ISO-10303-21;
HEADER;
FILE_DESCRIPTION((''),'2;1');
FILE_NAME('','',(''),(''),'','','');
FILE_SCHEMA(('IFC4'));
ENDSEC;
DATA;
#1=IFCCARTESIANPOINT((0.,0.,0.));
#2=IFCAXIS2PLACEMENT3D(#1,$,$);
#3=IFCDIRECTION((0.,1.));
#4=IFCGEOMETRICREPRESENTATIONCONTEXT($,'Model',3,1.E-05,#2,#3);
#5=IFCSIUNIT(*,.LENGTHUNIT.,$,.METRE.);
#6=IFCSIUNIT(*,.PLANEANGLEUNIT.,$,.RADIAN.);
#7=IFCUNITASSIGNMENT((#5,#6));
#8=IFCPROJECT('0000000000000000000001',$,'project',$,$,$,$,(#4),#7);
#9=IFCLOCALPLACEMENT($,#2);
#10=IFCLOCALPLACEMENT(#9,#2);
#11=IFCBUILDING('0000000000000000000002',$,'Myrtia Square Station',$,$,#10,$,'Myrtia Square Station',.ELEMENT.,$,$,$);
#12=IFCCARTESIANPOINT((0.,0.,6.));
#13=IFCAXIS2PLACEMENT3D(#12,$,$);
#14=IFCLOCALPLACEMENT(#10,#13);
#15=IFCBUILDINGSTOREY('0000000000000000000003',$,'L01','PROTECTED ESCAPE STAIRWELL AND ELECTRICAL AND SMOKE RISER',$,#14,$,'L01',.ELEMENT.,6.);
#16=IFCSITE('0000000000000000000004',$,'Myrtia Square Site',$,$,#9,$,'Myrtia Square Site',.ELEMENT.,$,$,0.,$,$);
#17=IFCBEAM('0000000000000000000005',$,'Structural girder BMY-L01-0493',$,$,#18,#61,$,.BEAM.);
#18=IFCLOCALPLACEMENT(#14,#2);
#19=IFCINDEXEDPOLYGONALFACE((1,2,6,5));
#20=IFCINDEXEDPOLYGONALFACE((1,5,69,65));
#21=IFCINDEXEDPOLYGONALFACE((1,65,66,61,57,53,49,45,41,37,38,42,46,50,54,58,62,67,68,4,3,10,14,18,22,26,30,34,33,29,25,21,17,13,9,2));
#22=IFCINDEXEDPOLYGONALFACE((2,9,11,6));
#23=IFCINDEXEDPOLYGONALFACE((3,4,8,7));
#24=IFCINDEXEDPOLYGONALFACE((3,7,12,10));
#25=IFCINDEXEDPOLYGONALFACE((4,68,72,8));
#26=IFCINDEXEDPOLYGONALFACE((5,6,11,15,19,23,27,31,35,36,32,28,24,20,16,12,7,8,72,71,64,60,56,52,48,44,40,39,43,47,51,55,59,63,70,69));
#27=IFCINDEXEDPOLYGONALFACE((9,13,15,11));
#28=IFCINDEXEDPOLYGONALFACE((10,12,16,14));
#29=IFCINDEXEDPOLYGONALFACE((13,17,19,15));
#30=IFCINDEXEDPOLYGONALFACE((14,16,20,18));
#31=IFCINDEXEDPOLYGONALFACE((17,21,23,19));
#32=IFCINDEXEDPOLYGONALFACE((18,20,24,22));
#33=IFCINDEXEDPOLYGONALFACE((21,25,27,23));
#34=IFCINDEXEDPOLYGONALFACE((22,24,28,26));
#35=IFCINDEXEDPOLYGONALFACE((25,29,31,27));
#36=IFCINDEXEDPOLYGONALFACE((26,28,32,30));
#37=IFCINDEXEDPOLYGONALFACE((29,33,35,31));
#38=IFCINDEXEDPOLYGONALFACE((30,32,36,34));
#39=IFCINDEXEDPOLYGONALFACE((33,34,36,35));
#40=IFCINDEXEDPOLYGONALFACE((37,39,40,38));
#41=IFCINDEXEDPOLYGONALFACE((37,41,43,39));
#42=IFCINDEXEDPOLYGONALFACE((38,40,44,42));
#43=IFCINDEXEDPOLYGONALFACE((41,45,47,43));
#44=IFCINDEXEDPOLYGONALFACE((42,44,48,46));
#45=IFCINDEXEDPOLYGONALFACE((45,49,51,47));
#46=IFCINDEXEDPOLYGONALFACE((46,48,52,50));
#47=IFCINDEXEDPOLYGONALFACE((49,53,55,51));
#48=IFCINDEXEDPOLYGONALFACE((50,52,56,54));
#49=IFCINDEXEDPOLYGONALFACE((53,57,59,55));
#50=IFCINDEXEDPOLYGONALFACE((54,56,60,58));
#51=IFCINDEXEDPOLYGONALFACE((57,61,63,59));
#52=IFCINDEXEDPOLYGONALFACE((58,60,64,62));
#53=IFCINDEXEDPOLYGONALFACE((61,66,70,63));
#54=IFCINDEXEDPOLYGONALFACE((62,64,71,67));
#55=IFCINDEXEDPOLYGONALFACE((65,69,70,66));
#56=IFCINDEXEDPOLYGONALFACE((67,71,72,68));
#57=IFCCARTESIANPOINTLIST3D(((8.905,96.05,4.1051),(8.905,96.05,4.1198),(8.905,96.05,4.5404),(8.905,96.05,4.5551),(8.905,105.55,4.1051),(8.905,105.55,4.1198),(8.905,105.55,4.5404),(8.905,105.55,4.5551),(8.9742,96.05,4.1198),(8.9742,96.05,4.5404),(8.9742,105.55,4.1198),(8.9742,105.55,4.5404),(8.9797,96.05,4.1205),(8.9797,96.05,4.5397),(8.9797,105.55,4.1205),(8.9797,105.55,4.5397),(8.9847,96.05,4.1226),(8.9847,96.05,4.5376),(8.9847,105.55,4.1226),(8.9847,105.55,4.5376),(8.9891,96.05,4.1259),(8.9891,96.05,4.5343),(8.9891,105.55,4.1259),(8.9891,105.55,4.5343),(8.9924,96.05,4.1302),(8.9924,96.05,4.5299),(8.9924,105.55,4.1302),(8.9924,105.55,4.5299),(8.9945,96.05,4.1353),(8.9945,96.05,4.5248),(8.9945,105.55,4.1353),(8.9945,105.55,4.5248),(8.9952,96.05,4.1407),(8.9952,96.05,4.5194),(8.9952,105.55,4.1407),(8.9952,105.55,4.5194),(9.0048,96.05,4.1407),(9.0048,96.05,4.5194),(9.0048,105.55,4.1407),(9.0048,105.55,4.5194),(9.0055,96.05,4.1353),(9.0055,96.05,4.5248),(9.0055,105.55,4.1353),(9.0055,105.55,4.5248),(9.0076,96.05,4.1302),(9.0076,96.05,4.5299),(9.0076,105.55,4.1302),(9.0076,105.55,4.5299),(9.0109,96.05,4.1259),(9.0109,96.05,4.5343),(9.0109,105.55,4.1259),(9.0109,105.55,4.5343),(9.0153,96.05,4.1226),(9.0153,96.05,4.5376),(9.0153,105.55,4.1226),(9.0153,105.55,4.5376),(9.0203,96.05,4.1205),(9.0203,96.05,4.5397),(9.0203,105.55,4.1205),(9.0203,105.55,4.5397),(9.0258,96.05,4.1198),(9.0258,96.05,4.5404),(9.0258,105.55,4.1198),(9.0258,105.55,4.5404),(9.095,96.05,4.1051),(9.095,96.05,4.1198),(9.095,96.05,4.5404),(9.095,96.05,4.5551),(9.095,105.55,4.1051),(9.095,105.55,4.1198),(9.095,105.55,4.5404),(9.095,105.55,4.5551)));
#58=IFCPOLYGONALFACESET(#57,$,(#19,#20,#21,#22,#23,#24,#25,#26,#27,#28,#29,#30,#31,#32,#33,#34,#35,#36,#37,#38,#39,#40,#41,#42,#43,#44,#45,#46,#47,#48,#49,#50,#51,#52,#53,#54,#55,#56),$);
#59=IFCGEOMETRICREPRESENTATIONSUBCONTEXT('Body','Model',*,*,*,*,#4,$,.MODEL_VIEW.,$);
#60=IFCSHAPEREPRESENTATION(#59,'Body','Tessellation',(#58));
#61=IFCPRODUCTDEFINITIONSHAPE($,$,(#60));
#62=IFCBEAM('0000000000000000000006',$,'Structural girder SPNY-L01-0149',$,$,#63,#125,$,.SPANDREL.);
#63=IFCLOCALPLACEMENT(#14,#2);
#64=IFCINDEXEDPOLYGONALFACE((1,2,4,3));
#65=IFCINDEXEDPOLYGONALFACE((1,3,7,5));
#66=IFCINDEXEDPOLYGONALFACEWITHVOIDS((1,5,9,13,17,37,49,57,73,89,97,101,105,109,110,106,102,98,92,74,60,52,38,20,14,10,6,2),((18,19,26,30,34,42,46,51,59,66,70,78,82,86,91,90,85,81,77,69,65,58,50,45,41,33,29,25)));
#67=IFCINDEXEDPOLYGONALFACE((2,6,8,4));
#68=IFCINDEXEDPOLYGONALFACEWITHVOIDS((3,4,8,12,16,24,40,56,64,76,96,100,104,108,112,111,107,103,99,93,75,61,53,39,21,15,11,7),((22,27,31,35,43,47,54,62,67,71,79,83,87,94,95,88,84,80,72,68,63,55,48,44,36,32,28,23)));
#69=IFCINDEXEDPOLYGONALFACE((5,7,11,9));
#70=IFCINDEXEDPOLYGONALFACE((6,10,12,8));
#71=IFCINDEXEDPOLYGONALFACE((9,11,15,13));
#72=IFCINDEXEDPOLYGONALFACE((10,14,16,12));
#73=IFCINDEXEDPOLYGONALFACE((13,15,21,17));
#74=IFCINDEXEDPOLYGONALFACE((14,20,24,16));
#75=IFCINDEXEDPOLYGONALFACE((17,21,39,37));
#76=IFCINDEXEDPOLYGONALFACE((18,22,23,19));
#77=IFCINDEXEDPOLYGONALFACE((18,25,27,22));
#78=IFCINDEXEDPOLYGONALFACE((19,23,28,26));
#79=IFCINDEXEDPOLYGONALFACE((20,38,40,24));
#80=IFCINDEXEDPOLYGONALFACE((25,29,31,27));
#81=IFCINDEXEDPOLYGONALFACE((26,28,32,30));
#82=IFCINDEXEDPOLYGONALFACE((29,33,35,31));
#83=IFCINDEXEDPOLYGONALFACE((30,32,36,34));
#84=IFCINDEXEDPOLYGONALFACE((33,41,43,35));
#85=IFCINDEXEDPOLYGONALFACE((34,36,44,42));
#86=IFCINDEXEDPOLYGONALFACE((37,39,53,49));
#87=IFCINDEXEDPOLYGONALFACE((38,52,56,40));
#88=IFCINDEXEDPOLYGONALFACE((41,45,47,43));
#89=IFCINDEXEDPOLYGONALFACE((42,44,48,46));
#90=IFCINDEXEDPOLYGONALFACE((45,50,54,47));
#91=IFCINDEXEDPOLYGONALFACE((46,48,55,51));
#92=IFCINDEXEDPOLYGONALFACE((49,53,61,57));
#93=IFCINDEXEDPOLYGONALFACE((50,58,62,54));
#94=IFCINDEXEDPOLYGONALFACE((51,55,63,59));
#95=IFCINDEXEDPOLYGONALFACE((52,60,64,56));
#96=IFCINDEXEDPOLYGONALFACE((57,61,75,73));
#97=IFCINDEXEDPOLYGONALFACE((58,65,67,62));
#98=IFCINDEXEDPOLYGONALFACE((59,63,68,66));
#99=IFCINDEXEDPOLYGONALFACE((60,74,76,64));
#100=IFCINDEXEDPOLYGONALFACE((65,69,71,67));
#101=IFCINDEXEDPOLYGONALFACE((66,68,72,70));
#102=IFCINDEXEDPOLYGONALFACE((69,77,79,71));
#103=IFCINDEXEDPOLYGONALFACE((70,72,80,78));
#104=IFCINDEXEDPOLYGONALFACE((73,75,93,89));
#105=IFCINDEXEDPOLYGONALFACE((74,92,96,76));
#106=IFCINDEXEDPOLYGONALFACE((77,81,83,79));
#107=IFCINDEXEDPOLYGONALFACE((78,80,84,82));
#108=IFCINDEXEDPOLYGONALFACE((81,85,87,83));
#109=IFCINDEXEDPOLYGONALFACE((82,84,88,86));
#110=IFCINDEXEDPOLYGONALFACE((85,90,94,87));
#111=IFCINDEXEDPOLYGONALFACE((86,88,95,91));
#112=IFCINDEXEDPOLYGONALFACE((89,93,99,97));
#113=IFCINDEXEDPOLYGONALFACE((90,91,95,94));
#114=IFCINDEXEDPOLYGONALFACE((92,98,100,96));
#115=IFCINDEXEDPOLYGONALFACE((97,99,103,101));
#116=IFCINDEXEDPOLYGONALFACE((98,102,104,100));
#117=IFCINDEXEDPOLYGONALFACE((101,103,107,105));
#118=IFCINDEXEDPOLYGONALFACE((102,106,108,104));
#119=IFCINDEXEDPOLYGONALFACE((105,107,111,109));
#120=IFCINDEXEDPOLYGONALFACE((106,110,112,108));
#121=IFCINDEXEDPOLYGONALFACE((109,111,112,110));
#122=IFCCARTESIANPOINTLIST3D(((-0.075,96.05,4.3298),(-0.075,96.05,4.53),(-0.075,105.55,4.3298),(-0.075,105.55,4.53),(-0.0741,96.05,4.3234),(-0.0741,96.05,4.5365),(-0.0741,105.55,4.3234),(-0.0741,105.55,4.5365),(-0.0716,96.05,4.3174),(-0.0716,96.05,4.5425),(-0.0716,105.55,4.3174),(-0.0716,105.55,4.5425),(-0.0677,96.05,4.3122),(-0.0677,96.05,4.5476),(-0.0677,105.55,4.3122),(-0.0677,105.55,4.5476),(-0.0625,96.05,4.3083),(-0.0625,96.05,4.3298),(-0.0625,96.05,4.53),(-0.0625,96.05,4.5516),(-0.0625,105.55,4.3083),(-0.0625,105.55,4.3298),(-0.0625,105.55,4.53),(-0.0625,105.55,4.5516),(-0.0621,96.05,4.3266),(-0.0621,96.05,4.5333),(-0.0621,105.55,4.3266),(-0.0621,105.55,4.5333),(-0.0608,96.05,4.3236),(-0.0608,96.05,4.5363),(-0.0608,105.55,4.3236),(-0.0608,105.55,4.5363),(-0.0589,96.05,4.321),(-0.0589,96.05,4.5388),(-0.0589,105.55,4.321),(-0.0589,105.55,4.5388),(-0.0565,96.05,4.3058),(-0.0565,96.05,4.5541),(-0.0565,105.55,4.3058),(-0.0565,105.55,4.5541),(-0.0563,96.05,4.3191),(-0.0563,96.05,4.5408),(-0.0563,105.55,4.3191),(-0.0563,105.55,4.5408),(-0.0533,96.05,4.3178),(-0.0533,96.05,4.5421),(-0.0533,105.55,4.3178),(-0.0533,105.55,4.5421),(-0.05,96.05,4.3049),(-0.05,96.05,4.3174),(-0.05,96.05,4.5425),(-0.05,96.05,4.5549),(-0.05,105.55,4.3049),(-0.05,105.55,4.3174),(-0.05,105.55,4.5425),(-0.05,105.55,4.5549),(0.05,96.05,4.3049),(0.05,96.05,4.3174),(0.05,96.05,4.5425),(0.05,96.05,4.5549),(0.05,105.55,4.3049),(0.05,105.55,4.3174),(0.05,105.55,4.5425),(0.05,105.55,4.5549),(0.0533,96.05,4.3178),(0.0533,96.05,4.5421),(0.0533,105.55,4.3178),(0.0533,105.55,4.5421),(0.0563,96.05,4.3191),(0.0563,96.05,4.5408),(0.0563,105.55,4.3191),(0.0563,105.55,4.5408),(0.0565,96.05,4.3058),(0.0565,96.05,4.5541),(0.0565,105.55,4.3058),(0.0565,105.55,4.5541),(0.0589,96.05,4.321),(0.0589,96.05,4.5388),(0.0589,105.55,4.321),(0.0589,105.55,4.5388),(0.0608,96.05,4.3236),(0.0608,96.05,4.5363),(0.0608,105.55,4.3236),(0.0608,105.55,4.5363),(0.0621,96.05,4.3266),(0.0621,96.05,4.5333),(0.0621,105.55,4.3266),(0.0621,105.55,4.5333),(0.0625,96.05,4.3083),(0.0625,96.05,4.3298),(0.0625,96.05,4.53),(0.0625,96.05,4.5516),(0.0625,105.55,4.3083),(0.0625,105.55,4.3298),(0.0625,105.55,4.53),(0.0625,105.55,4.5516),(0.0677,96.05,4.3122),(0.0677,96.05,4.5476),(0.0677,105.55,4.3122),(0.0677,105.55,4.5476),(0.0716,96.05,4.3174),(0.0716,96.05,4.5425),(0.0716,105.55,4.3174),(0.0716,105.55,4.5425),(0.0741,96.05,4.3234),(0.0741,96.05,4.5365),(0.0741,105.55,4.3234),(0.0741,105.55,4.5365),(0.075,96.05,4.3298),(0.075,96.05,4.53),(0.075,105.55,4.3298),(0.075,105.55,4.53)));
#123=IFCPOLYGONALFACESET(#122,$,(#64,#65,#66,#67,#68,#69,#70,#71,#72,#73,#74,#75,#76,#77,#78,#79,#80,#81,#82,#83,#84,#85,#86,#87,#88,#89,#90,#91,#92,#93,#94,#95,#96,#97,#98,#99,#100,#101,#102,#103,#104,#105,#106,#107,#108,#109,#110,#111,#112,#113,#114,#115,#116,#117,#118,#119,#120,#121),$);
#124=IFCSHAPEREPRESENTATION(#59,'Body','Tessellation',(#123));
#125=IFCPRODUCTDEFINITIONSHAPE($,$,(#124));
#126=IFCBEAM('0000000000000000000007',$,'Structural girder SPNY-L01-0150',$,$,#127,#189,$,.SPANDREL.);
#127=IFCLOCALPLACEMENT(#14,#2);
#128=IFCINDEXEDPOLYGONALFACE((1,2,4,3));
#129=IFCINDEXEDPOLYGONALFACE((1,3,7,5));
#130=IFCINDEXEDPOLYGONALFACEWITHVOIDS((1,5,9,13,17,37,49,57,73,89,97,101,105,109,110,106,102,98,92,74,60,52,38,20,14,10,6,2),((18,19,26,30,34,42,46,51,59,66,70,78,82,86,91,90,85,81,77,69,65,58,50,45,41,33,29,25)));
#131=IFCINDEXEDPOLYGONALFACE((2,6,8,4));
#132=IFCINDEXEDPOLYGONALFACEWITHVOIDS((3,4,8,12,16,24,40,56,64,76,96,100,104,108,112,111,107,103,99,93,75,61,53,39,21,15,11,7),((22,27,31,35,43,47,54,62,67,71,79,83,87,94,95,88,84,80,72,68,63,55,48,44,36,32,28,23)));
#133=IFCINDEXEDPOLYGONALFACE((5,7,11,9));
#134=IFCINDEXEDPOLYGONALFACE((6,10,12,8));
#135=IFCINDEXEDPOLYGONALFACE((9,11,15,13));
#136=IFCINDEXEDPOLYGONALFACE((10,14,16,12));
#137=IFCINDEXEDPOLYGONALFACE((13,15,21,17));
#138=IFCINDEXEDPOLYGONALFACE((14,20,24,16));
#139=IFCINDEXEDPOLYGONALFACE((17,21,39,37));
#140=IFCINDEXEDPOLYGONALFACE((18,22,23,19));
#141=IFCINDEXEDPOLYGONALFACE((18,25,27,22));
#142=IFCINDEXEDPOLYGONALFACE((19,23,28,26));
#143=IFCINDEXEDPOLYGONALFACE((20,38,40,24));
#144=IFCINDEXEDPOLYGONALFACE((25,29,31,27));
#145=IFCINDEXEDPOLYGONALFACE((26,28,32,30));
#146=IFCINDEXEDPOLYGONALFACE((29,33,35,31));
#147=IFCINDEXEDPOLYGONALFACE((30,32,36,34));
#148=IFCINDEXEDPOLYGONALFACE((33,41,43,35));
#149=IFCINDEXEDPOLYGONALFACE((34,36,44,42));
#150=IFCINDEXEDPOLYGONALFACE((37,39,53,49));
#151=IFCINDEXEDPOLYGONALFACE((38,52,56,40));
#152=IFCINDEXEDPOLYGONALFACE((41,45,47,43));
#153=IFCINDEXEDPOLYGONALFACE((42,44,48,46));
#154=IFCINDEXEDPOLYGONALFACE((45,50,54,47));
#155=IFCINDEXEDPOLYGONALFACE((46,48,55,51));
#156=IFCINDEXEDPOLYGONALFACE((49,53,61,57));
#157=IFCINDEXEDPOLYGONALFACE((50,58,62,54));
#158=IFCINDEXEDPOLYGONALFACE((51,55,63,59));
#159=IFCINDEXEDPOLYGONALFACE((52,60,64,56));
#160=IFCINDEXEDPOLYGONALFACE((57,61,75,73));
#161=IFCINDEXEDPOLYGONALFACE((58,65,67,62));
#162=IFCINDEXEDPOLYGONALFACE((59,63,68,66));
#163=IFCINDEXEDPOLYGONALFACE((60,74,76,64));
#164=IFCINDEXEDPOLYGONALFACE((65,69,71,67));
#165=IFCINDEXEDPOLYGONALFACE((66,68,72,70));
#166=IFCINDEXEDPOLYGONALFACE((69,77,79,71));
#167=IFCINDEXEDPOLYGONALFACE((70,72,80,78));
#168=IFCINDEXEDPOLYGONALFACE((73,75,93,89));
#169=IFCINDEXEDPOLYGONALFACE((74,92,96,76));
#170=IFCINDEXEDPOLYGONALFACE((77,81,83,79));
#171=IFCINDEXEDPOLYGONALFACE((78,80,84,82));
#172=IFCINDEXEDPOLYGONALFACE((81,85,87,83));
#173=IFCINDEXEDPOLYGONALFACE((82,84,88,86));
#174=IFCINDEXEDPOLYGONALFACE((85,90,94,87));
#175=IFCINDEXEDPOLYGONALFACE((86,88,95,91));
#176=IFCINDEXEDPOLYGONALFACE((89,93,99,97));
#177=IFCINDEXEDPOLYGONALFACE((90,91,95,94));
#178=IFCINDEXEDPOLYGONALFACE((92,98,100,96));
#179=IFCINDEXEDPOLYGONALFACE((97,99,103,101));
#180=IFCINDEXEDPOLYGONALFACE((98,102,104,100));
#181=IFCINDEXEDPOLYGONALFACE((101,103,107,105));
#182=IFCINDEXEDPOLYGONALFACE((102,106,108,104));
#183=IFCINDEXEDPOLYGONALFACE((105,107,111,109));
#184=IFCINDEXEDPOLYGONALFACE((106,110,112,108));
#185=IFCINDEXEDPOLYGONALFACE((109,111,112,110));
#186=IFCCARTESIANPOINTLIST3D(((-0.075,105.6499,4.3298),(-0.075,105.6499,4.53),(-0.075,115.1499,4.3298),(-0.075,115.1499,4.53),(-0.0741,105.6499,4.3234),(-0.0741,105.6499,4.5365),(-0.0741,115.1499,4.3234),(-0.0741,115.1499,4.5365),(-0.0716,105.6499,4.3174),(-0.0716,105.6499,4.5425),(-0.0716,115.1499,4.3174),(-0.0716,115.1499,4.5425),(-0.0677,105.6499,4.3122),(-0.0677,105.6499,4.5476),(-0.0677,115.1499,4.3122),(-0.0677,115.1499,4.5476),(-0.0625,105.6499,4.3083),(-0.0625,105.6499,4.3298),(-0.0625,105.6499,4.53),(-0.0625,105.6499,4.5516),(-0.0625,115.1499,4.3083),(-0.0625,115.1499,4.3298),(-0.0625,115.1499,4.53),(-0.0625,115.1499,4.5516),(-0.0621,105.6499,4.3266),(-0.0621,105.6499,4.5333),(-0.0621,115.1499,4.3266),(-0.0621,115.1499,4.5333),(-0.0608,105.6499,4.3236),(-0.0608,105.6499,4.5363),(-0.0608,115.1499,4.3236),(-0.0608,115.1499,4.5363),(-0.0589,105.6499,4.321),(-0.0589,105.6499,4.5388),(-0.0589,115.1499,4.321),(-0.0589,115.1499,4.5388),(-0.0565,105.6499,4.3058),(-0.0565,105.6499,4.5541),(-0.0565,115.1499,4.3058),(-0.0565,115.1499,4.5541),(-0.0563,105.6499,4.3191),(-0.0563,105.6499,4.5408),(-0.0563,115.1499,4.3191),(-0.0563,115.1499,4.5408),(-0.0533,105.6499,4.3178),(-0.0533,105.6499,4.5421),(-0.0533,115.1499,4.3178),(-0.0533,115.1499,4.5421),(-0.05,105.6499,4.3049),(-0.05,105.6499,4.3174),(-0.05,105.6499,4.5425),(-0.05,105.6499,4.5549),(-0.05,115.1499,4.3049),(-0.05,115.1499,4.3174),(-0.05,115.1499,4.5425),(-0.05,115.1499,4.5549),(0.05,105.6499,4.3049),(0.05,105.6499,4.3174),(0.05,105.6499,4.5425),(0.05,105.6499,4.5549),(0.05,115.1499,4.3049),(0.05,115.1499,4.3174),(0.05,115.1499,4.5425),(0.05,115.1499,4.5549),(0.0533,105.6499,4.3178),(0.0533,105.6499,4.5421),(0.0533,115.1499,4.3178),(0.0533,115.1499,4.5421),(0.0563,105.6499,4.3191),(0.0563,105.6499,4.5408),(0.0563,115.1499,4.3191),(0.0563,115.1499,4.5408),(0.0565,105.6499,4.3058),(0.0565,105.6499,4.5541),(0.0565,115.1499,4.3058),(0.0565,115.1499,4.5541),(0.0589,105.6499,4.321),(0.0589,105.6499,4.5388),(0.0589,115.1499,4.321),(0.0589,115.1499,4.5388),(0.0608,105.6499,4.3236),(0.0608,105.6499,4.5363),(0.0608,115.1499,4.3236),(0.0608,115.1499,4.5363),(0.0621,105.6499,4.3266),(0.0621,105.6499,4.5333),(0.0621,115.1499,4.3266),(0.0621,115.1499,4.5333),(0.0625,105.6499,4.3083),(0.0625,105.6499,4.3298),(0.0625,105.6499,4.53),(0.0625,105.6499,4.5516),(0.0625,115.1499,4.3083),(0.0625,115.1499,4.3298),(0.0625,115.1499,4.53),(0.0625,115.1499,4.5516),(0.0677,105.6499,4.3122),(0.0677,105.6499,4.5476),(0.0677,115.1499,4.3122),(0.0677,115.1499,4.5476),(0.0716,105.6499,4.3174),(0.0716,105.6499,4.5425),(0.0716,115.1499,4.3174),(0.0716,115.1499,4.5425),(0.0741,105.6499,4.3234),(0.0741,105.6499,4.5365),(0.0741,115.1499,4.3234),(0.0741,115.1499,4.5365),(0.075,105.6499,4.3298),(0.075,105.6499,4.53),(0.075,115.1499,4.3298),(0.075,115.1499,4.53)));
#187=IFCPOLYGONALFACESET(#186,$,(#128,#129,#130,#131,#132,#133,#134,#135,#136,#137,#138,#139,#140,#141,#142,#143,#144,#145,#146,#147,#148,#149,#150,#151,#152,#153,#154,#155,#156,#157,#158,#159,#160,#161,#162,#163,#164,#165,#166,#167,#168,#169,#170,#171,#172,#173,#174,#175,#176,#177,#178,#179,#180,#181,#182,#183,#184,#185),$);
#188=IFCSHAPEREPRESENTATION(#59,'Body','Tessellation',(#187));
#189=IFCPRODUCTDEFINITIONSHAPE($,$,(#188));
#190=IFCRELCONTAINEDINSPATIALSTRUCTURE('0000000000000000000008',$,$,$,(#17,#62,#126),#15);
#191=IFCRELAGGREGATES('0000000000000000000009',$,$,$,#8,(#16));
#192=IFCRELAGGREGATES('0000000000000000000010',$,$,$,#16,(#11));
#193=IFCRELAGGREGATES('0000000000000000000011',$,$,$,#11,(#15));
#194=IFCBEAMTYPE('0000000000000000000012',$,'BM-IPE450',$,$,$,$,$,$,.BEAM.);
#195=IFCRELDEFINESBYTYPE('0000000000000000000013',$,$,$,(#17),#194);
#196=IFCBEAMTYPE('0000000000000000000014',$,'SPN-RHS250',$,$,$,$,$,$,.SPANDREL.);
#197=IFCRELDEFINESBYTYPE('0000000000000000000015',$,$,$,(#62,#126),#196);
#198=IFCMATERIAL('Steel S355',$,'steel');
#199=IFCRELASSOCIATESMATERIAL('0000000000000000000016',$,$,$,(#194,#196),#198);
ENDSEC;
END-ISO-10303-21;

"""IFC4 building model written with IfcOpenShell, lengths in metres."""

from ifc_helpers import new_model, si_unit, direction, frame, origin, origin_2d, place, context, subcontext, project, spatial, hollow_rectangle, i_section, extrude, material, material_profile, profile_set, type_object, element, save


model = new_model("IFC4")

# Units and contexts
model_context = context("Model", 3, precision=1e-05, world=origin(), true_north=direction((0.0, 1.0)))
body_context = subcontext(model_context, "Body", "Model", "MODEL_VIEW")
ifc_project = project(units=[si_unit("LENGTHUNIT", "METRE"), si_unit("PLANEANGLEUNIT", "RADIAN")], contexts=[model_context])

# Site, building, storey
site_placement = place(None, origin())
site = spatial("IfcSite", under=ifc_project, at=site_placement, Name="Myrtia Square Site", LongName="Myrtia Square Site", CompositionType="ELEMENT", RefElevation=0.0)
building_placement = place(site_placement, origin())
building = spatial("IfcBuilding", under=site, at=building_placement, Name="Myrtia Square Station", LongName="Myrtia Square Station", CompositionType="ELEMENT")
storey_placement = place(building_placement, frame((0.0, 0.0, 6.0)))
storey = spatial("IfcBuildingStorey", under=building, at=storey_placement, Name="L01", Description="PROTECTED ESCAPE STAIRWELL AND ELECTRICAL AND SMOKE RISER", LongName="L01", CompositionType="ELEMENT", Elevation=6.0)

# Shared definitions
ifc_material_1 = material(Name="Steel S355", Category="steel")

# Beams
ifc_material_profile_1 = material_profile(ifc_material_1, i_section(OverallWidth=0.1899, OverallDepth=0.45, WebThickness=0.0095, FlangeThickness=0.0146, FilletRadius=0.021, at=origin_2d()), Name="IPE 450")
ifc_profile_set_1 = profile_set([ifc_material_profile_1], Name="Steel S355")
beam_type_1 = type_object("IfcBeamType", Name="BM-IPE450", PredefinedType="BEAM", material=ifc_profile_set_1)
beam_1_placement = place(storey_placement, frame((9.0, 96.05, 4.3301), z_axis=(0.0, 1.0, 0.0), x_axis=(-1.0, 0.0, 0.0)))
element("IfcBeam", 1, at=beam_1_placement, inside=storey, type_object=beam_type_1, Name="Structural girder BMY-L01-0493", PredefinedType="BEAM", context=body_context, shape_type="SweptSolid", body=[
    extrude(i_section(OverallWidth=0.1899, OverallDepth=0.45, WebThickness=0.0095, FlangeThickness=0.0146, FilletRadius=0.021, at=origin_2d()), origin(), (0.0, 0.0, 1.0), 9.5),
])
ifc_material_profile_2 = material_profile(ifc_material_1, hollow_rectangle(XDim=0.1499, YDim=0.25, WallThickness=0.0125, InnerFilletRadius=0.0125, OuterFilletRadius=0.0249, at=origin_2d()), Name="RHS 250x150x12.5")
ifc_profile_set_2 = profile_set([ifc_material_profile_2], Name="Steel S355")
beam_type_2 = type_object("IfcBeamType", Name="SPN-RHS250", PredefinedType="SPANDREL", material=ifc_profile_set_2)
for number, where, z_axis, x_axis, name in (
    (2, (0.0, 96.05, 4.4299), (0.0, 1.0, 0.0), (-1.0, 0.0, 0.0), "Structural girder SPNY-L01-0149"),
    (3, (0.0, 105.6499, 4.4299), (0.0, 1.0, 0.0), (-1.0, 0.0, 0.0), "Structural girder SPNY-L01-0150"),
):
    element("IfcBeam", number, at=place(storey_placement, frame(where, z_axis=z_axis, x_axis=x_axis)), inside=storey, type_object=beam_type_2, Name=name, PredefinedType="SPANDREL", context=body_context, shape_type="SweptSolid", body=[
        extrude(hollow_rectangle(XDim=0.1499, YDim=0.25, WallThickness=0.0125, InnerFilletRadius=0.0125, OuterFilletRadius=0.0249, at=origin_2d()), origin(), (0.0, 0.0, 1.0), 9.5),
    ])

save(model, "model.ifc")
